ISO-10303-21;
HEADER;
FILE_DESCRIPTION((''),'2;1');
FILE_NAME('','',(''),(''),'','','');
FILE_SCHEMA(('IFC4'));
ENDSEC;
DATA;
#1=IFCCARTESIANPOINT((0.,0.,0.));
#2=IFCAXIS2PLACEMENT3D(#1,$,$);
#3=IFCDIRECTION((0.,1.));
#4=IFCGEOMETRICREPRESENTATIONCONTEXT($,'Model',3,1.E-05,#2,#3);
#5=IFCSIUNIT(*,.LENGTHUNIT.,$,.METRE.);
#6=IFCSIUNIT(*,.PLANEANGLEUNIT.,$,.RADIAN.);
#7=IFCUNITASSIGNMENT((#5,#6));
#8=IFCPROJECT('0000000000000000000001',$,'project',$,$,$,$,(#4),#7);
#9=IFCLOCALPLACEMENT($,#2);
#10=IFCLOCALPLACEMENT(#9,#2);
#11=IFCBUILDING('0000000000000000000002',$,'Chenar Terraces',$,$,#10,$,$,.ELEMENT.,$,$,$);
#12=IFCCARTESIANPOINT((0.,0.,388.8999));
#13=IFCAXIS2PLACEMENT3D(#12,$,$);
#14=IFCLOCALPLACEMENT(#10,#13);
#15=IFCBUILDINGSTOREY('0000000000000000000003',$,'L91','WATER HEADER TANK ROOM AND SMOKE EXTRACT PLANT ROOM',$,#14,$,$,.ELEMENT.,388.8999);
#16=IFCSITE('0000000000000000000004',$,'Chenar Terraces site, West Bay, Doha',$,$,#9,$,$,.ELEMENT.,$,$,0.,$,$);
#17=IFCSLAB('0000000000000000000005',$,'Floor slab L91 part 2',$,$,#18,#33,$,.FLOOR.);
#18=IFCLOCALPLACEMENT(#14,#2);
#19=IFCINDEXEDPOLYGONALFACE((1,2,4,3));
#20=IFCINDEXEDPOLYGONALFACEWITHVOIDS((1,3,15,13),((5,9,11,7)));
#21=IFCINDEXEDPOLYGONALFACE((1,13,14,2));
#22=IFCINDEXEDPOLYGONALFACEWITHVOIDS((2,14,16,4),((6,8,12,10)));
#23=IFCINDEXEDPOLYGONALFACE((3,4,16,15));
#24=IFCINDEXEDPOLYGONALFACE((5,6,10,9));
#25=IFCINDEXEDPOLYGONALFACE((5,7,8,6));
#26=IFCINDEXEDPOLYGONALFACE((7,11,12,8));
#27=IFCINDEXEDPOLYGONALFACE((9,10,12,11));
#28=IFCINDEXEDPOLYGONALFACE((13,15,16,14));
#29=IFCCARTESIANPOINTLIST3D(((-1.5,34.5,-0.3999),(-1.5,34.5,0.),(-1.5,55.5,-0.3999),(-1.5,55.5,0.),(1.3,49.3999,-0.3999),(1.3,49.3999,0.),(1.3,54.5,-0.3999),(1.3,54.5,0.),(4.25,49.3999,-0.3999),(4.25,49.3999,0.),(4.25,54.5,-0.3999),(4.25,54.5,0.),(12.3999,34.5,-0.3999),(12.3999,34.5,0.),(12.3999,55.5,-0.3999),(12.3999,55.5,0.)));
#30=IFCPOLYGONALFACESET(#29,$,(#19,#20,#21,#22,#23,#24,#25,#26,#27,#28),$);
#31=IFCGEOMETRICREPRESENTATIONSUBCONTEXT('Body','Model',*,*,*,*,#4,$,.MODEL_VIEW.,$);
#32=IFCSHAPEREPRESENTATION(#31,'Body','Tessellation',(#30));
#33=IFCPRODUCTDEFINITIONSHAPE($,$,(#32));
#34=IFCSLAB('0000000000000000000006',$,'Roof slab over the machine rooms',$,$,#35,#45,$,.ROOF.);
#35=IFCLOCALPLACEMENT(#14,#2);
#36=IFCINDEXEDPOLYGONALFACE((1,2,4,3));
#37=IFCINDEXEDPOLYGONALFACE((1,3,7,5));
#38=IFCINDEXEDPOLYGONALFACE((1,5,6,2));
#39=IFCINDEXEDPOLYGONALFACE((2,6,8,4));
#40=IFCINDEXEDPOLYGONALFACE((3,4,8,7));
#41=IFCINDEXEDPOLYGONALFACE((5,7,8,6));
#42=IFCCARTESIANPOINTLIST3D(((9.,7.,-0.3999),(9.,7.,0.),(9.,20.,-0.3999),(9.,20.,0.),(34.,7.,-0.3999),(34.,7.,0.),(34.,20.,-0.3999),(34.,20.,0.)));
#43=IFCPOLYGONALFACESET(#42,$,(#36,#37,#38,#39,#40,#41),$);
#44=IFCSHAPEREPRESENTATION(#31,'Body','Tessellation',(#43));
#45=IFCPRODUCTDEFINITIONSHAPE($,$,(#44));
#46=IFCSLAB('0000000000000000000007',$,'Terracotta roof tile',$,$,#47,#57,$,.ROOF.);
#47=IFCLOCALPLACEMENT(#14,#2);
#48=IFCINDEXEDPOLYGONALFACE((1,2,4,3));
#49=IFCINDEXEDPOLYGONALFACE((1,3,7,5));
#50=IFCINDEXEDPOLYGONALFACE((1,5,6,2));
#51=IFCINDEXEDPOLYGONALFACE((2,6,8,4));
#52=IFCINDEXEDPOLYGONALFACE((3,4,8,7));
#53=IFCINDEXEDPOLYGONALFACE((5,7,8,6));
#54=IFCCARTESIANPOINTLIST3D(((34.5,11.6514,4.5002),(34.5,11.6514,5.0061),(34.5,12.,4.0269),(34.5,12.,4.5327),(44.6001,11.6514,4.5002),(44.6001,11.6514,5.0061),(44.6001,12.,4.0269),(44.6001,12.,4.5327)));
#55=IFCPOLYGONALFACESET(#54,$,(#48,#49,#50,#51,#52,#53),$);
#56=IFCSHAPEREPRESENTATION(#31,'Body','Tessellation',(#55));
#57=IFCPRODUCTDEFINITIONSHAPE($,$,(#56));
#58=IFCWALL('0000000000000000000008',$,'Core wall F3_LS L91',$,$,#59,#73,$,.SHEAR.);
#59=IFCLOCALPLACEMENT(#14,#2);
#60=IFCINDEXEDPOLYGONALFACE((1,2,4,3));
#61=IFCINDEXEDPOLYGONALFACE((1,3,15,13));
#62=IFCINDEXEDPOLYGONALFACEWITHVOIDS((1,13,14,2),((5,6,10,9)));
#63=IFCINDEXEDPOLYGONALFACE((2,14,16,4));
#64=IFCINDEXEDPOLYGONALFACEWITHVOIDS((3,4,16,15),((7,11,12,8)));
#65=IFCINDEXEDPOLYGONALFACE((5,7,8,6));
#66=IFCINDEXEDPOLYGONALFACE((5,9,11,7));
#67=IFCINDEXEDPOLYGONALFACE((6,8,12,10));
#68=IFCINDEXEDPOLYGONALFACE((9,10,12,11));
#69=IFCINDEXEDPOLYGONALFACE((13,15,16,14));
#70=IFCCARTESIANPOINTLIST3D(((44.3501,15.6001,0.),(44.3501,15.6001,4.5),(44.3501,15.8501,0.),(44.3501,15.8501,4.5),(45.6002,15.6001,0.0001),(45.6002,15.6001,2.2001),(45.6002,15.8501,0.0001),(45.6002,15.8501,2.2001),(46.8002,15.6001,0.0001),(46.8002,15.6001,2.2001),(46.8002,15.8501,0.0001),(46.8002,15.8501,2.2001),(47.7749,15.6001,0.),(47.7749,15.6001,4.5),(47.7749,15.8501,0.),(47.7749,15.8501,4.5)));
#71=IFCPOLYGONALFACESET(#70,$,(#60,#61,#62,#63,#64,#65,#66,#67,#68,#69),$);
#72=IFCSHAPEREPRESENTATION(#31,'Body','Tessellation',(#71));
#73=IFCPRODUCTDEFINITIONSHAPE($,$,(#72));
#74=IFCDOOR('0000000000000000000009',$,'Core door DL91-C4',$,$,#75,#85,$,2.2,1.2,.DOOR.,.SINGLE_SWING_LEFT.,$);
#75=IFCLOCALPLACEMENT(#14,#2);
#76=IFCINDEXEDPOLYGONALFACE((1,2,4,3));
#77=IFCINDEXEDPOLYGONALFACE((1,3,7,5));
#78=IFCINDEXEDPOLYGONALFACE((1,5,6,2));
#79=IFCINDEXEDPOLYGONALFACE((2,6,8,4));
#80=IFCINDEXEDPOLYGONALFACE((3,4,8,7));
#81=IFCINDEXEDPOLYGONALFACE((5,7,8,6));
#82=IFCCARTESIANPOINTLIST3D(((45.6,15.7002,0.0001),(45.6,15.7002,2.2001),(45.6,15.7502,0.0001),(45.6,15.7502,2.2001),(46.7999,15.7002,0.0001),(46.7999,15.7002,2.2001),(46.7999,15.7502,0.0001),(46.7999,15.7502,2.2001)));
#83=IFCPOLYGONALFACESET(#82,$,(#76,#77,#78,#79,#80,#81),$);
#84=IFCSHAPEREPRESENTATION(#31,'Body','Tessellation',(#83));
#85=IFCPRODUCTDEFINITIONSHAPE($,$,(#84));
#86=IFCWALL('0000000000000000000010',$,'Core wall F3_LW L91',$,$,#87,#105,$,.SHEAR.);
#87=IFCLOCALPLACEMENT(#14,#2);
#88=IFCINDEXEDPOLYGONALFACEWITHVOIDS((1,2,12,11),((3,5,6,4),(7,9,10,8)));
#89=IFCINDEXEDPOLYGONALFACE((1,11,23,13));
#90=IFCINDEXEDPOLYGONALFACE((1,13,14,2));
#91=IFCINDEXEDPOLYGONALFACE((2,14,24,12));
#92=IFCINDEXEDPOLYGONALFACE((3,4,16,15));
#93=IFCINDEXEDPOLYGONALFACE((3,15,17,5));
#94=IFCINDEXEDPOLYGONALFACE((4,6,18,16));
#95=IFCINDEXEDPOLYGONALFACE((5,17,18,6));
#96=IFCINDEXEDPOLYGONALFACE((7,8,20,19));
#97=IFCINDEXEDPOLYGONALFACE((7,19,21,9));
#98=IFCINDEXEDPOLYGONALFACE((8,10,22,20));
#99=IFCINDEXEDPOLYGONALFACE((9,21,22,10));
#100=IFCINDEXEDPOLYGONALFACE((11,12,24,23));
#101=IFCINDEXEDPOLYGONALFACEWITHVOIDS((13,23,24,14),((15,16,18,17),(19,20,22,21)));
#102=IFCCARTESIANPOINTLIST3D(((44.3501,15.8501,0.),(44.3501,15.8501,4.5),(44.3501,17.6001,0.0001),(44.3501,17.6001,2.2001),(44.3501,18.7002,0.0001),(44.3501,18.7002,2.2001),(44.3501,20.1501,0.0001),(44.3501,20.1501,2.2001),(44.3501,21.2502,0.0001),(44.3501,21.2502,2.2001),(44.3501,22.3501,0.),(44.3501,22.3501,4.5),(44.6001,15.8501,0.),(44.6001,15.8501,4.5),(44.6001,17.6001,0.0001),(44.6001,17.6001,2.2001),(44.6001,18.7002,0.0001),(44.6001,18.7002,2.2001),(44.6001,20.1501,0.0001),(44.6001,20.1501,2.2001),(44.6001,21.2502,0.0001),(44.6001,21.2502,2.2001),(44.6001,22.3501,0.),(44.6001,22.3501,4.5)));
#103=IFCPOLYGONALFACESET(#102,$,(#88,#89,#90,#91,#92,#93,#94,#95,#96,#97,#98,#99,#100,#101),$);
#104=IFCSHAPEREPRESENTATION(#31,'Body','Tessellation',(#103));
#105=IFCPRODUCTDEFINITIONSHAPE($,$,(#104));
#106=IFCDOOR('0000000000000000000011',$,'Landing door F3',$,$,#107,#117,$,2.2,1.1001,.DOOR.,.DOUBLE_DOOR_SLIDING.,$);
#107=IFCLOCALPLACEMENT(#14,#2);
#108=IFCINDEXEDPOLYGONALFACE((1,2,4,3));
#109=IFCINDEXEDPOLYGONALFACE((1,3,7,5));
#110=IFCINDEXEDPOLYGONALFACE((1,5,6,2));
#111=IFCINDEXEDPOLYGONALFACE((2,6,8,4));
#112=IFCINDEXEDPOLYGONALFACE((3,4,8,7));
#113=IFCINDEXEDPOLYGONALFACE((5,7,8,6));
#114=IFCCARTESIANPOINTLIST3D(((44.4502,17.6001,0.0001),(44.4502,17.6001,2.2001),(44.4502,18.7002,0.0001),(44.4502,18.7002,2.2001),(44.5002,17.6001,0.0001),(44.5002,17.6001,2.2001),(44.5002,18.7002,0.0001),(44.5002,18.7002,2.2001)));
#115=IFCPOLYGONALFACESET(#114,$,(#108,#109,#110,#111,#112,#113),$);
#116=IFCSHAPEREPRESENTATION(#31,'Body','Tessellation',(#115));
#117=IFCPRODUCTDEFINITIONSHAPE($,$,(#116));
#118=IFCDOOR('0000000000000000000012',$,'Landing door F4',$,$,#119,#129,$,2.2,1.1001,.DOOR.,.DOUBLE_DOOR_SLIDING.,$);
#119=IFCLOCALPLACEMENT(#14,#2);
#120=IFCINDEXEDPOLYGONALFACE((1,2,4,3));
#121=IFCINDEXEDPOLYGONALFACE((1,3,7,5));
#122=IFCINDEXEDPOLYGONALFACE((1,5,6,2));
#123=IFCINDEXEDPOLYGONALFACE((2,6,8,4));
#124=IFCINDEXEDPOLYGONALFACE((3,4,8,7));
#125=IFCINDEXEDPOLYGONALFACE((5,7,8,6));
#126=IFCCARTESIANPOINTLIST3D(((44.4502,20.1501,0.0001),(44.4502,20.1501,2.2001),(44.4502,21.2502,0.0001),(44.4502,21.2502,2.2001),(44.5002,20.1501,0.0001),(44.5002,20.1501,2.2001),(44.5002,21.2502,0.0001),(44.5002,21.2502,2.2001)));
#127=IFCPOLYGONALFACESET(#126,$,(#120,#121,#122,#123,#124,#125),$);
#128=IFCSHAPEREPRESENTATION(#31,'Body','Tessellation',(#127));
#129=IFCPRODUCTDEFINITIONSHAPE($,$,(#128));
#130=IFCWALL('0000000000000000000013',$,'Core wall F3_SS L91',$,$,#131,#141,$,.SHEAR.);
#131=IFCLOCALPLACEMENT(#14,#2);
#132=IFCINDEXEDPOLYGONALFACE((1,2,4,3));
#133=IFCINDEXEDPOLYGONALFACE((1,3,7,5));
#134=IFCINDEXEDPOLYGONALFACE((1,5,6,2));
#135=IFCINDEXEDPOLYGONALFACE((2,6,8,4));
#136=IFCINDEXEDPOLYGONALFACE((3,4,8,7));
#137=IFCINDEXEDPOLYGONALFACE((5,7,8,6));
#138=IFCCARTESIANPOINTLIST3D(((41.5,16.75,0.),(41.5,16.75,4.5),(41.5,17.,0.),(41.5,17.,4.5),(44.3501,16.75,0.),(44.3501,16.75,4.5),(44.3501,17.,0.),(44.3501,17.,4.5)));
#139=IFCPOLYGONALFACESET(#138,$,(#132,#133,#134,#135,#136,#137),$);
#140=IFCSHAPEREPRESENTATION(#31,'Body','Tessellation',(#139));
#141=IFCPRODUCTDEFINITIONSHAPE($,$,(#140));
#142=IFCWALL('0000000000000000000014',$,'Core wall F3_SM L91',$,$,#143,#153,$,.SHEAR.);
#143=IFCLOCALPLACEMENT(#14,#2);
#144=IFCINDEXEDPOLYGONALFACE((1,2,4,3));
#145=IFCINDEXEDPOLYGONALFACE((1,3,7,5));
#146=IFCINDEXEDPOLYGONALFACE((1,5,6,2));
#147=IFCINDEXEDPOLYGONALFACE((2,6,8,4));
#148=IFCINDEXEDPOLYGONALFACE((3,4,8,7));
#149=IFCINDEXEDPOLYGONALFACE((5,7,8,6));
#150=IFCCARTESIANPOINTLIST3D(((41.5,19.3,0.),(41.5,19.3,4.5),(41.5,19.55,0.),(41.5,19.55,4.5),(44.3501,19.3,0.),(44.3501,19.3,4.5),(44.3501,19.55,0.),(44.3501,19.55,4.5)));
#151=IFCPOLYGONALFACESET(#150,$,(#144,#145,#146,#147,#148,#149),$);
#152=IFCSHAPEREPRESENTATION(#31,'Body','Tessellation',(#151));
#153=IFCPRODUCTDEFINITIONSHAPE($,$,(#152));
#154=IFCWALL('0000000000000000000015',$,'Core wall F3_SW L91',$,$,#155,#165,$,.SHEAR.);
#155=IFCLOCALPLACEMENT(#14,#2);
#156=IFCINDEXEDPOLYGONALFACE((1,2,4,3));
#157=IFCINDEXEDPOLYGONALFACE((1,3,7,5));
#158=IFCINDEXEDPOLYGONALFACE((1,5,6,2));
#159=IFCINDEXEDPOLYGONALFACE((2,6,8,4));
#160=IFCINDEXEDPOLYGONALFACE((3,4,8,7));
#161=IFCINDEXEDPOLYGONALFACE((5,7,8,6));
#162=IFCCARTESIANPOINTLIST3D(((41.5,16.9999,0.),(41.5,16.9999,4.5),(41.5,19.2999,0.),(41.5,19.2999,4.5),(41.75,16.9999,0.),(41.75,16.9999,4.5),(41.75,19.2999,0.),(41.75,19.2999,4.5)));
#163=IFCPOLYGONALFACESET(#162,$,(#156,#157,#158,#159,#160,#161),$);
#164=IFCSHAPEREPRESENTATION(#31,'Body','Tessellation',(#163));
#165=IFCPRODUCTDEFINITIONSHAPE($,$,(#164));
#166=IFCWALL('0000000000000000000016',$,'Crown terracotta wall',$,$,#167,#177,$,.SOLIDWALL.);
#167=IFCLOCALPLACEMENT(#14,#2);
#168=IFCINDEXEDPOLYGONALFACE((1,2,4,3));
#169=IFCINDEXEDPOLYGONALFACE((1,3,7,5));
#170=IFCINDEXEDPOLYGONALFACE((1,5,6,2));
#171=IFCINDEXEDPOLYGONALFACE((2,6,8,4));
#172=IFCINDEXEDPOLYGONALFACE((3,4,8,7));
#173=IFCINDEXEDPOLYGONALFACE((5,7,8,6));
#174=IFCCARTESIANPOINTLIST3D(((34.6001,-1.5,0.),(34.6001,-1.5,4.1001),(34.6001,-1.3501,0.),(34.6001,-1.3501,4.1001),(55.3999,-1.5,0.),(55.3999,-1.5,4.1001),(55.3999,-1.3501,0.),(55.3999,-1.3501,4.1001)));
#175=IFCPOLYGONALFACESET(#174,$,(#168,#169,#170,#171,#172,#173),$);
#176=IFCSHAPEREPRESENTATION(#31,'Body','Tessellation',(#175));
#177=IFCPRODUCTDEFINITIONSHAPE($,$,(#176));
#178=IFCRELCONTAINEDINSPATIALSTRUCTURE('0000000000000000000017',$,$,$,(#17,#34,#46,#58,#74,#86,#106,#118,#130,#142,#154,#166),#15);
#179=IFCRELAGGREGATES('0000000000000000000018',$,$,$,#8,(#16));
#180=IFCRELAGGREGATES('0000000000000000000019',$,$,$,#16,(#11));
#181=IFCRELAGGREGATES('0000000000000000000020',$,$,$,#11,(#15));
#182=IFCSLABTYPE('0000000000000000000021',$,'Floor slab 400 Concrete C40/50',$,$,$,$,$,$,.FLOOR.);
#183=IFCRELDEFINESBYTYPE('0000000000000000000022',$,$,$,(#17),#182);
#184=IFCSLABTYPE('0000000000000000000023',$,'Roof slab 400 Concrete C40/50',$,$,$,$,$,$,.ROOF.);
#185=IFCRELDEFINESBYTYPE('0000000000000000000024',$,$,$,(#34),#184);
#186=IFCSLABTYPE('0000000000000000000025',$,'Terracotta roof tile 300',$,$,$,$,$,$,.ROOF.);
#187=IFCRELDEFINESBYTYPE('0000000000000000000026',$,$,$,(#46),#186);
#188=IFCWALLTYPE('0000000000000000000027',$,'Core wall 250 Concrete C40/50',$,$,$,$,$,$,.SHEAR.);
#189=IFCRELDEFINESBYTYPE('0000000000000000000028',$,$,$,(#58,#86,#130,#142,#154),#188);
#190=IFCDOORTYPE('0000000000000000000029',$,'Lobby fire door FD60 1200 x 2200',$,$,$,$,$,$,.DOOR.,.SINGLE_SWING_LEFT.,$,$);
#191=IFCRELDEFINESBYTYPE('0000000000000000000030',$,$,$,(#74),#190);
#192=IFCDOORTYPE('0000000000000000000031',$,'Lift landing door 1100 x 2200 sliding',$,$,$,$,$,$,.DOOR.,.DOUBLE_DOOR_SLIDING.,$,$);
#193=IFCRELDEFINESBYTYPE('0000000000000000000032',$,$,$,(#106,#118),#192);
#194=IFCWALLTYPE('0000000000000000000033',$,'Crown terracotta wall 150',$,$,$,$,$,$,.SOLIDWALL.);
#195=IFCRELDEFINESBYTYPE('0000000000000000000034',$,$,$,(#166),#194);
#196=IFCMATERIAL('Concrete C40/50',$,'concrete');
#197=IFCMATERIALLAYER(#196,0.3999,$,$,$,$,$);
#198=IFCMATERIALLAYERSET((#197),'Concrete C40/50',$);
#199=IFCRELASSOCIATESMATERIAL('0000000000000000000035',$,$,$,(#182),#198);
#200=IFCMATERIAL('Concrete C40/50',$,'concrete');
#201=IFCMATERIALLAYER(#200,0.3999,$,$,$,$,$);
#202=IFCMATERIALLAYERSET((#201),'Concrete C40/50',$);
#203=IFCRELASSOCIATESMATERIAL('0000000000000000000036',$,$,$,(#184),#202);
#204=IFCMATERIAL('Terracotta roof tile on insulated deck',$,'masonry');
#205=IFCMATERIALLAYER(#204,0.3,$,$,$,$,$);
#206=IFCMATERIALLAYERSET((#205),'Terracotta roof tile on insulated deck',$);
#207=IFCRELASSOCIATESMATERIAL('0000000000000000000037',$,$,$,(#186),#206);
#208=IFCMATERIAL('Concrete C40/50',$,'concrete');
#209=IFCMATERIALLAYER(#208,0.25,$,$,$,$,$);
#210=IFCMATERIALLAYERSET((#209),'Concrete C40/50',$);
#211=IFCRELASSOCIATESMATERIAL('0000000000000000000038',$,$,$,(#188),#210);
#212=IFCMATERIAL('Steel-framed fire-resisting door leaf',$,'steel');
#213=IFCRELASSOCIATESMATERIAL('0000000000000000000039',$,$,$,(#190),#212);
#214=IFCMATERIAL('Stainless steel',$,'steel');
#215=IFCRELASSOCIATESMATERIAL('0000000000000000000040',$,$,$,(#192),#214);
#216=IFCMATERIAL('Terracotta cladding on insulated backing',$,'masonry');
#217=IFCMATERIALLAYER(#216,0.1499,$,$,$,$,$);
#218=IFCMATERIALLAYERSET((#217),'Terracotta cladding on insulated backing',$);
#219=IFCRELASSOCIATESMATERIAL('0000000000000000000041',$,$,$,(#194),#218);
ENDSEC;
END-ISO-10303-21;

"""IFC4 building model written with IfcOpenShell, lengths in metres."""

from ifc_helpers import new_model, si_unit, direction, frame, frame_2d, origin, place, context, subcontext, project, spatial, polyline, rectangle, outline, extrude, material, layer, layer_set, type_object, element, fill, save


model = new_model("IFC4")

# Units and contexts
model_context = context("Model", 3, precision=1e-05, world=origin(), true_north=direction((0.0, 1.0)))
body_context = subcontext(model_context, "Body", "Model", "MODEL_VIEW")
ifc_project = project(units=[si_unit("LENGTHUNIT", "METRE"), si_unit("PLANEANGLEUNIT", "RADIAN")], contexts=[model_context])

# Site, building, storey
site_placement = place(None, origin())
site = spatial("IfcSite", under=ifc_project, at=site_placement, Name="Chenar Terraces site, West Bay, Doha", CompositionType="ELEMENT", RefElevation=0.0)
building_placement = place(site_placement, origin())
building = spatial("IfcBuilding", under=site, at=building_placement, Name="Chenar Terraces", CompositionType="ELEMENT")
storey_placement = place(building_placement, frame((0.0, 0.0, 388.8999)))
storey = spatial("IfcBuildingStorey", under=building, at=storey_placement, Name="L91", Description="WATER HEADER TANK ROOM AND SMOKE EXTRACT PLANT ROOM", CompositionType="ELEMENT", Elevation=388.8999)

# Slabs
ifc_material_1 = material(Name="Concrete C40/50", Category="concrete")
ifc_layer_1 = layer(ifc_material_1, 0.3999)
ifc_layer_set_1 = layer_set([ifc_layer_1], Name="Concrete C40/50")
slab_type_1 = type_object("IfcSlabType", Name="Floor slab 400 Concrete C40/50", PredefinedType="FLOOR", material=ifc_layer_set_1)
placement_1 = place(storey_placement, frame((0.0, 0.0, -0.3999)))
element("IfcSlab", 1, at=placement_1, inside=storey, type_object=slab_type_1, Name="Floor slab L91 part 2", PredefinedType="FLOOR", context=body_context, shape_type="SweptSolid", body=[
    extrude(outline(polyline([(12.3999, 55.5), (12.3999, 34.5), (-1.5, 34.5), (-1.5, 55.5), (12.3999, 55.5)]), holes=[polyline([(1.3, 54.5), (1.3, 49.3999), (4.25, 49.3999), (4.25, 54.5), (1.3, 54.5)])]), origin(), (0.0, 0.0, 1.0), 0.3999),
])
ifc_material_2 = material(Name="Concrete C40/50", Category="concrete")
ifc_layer_2 = layer(ifc_material_2, 0.3999)
ifc_layer_set_2 = layer_set([ifc_layer_2], Name="Concrete C40/50")
slab_type_2 = type_object("IfcSlabType", Name="Roof slab 400 Concrete C40/50", PredefinedType="ROOF", material=ifc_layer_set_2)
element("IfcSlab", 2, at=placement_1, inside=storey, type_object=slab_type_2, Name="Roof slab over the machine rooms", PredefinedType="ROOF", context=body_context, shape_type="SweptSolid", body=[
    extrude(outline(polyline([(34.0, 7.0), (34.0, 20.0), (9.0, 20.0), (9.0, 7.0), (34.0, 7.0)])), origin(), (0.0, 0.0, 1.0), 0.3999),
])
ifc_material_3 = material(Name="Terracotta roof tile on insulated deck", Category="masonry")
ifc_layer_3 = layer(ifc_material_3, 0.3)
ifc_layer_set_3 = layer_set([ifc_layer_3], Name="Terracotta roof tile on insulated deck")
slab_type_3 = type_object("IfcSlabType", Name="Terracotta roof tile 300", PredefinedType="ROOF", material=ifc_layer_set_3)
slab_1_placement = place(storey_placement, frame((34.5, 12.0, 4.5327), z_axis=(0.0, 0.805202, 0.593001), x_axis=(1.0, 0.0, 0.0)))
element("IfcSlab", 3, at=slab_1_placement, inside=storey, type_object=slab_type_3, Name="Terracotta roof tile", PredefinedType="ROOF", context=body_context, shape_type="SweptSolid", body=[
    extrude(outline(polyline([(0.0, 0.0), (10.1001, 0.0), (10.1001, -0.5879), (0.0, -0.5879), (0.0, 0.0)])), origin(), (0.0, 0.805202, -0.593001), 0.5059),
])

# Wall, opening, door
ifc_material_4 = material(Name="Concrete C40/50", Category="concrete")
ifc_layer_4 = layer(ifc_material_4, 0.25)
ifc_layer_set_4 = layer_set([ifc_layer_4], Name="Concrete C40/50")
wall_type_1 = type_object("IfcWallType", Name="Core wall 250 Concrete C40/50", PredefinedType="SHEAR", material=ifc_layer_set_4)
wall_1_placement = place(storey_placement, frame((44.3501, 15.7251, 0.0), z_axis=(0.0, 0.0, 1.0), x_axis=(1.0, 0.0, 0.0)))
wall_1 = element("IfcWall", 4, at=wall_1_placement, inside=storey, type_object=wall_type_1, Name="Core wall F3_LS L91", PredefinedType="SHEAR", context=body_context, shape_type="SweptSolid", body=[
    extrude(rectangle(XDim=3.4248, YDim=0.25, at=frame_2d((1.7124, 0.0))), origin(), (0.0, 0.0, 1.0), 4.5),
])
opening_1_placement = place(wall_1_placement, frame((1.25, 0.0, 0.0)))
opening_1 = element("IfcOpeningElement", 5, at=opening_1_placement, cuts=wall_1, PredefinedType="OPENING", context=body_context, shape_type="SweptSolid", body=[
    extrude(rectangle(XDim=1.2, YDim=2.2, at=frame_2d((0.6001, 1.1001))), frame((0.0, 0.135, 0.0), z_axis=(0.0, -1.0, 0.0), x_axis=(1.0, 0.0, 0.0)), (0.0, 0.0, 1.0), 0.27),
])
ifc_material_5 = material(Name="Steel-framed fire-resisting door leaf", Category="steel")
door_type_1 = type_object("IfcDoorType", Name="Lobby fire door FD60 1200 x 2200", OperationType="SINGLE_SWING_LEFT", PredefinedType="DOOR", material=ifc_material_5)
door_1_placement = place(opening_1_placement, frame((1.2, 0.0, 0.0), z_axis=(0.0, 0.0, 1.0), x_axis=(-1.0, 0.0, 0.0)))
door_1 = element("IfcDoor", 6, at=door_1_placement, inside=storey, type_object=door_type_1, Name="Core door DL91-C4", OperationType="SINGLE_SWING_LEFT", OverallHeight=2.2, OverallWidth=1.2, PredefinedType="DOOR", context=body_context, shape_type="SweptSolid", body=[
    extrude(rectangle(XDim=1.2, YDim=2.2, at=frame_2d((0.6001, 1.1001))), frame((0.0, 0.0249, 0.0), z_axis=(0.0, -1.0, 0.0), x_axis=(1.0, 0.0, 0.0)), (0.0, 0.0, 1.0), 0.05),
])
fill(opening_1, door_1)

# Wall, openings, doors
wall_2_placement = place(storey_placement, frame((44.4751, 15.8501, 0.0), z_axis=(0.0, 0.0, 1.0), x_axis=(0.0, 1.0, 0.0)))
wall_2 = element("IfcWall", 7, at=wall_2_placement, inside=storey, type_object=wall_type_1, Name="Core wall F3_LW L91", PredefinedType="SHEAR", context=body_context, shape_type="SweptSolid", body=[
    extrude(rectangle(XDim=6.5, YDim=0.25, at=frame_2d((3.25, 0.0))), origin(), (0.0, 0.0, 1.0), 4.5),
])
opening_2_placement = place(wall_2_placement, frame((1.75, 0.0, 0.0)))
opening_2 = element("IfcOpeningElement", 8, at=opening_2_placement, cuts=wall_2, PredefinedType="OPENING", context=body_context, shape_type="SweptSolid", body=[
    extrude(rectangle(XDim=1.1001, YDim=2.2, at=frame_2d((0.55, 1.1001))), frame((0.0, 0.135, 0.0), z_axis=(0.0, -1.0, 0.0), x_axis=(1.0, 0.0, 0.0)), (0.0, 0.0, 1.0), 0.27),
])
opening_3_placement = place(wall_2_placement, frame((4.3, 0.0, 0.0)))
opening_3 = element("IfcOpeningElement", 9, at=opening_3_placement, cuts=wall_2, PredefinedType="OPENING", context=body_context, shape_type="SweptSolid", body=[
    extrude(rectangle(XDim=1.1001, YDim=2.2, at=frame_2d((0.55, 1.1001))), frame((0.0, 0.135, 0.0), z_axis=(0.0, -1.0, 0.0), x_axis=(1.0, 0.0, 0.0)), (0.0, 0.0, 1.0), 0.27),
])
ifc_material_6 = material(Name="Stainless steel", Category="steel")
door_type_2 = type_object("IfcDoorType", Name="Lift landing door 1100 x 2200 sliding", OperationType="DOUBLE_DOOR_SLIDING", PredefinedType="DOOR", material=ifc_material_6)
door_2_placement = place(opening_2_placement, origin())
door_2 = element("IfcDoor", 10, at=door_2_placement, inside=storey, type_object=door_type_2, Name="Landing door F3", OperationType="DOUBLE_DOOR_SLIDING", OverallHeight=2.2, OverallWidth=1.1001, PredefinedType="DOOR", context=body_context, shape_type="SweptSolid", body=[
    extrude(rectangle(XDim=1.1001, YDim=2.2, at=frame_2d((0.55, 1.1001))), frame((0.0, 0.0249, 0.0), z_axis=(0.0, -1.0, 0.0), x_axis=(1.0, 0.0, 0.0)), (0.0, 0.0, 1.0), 0.05),
])
fill(opening_2, door_2)
door_3_placement = place(opening_3_placement, origin())
door_3 = element("IfcDoor", 11, at=door_3_placement, inside=storey, type_object=door_type_2, Name="Landing door F4", OperationType="DOUBLE_DOOR_SLIDING", OverallHeight=2.2, OverallWidth=1.1001, PredefinedType="DOOR", context=body_context, shape_type="SweptSolid", body=[
    extrude(rectangle(XDim=1.1001, YDim=2.2, at=frame_2d((0.55, 1.1001))), frame((0.0, 0.0249, 0.0), z_axis=(0.0, -1.0, 0.0), x_axis=(1.0, 0.0, 0.0)), (0.0, 0.0, 1.0), 0.05),
])
fill(opening_3, door_3)

# Walls
for number, where, z_axis, x_axis, name in (
    (12, (41.5, 16.875, 0.0), (0.0, 0.0, 1.0), (1.0, 0.0, 0.0), "Core wall F3_SS L91"),
    (13, (41.5, 19.425, 0.0), (0.0, 0.0, 1.0), (1.0, 0.0, 0.0), "Core wall F3_SM L91"),
):
    element("IfcWall", number, at=place(storey_placement, frame(where, z_axis=z_axis, x_axis=x_axis)), inside=storey, type_object=wall_type_1, Name=name, PredefinedType="SHEAR", context=body_context, shape_type="SweptSolid", body=[
        extrude(rectangle(XDim=2.8501, YDim=0.25, at=frame_2d((1.425, 0.0))), origin(), (0.0, 0.0, 1.0), 4.5),
    ])
wall_3_placement = place(storey_placement, frame((41.625, 17.0, 0.0), z_axis=(0.0, 0.0, 1.0), x_axis=(0.0, 1.0, 0.0)))
element("IfcWall", 14, at=wall_3_placement, inside=storey, type_object=wall_type_1, Name="Core wall F3_SW L91", PredefinedType="SHEAR", context=body_context, shape_type="SweptSolid", body=[
    extrude(rectangle(XDim=2.3, YDim=0.25, at=frame_2d((1.1499, 0.0))), origin(), (0.0, 0.0, 1.0), 4.5),
])
ifc_material_7 = material(Name="Terracotta cladding on insulated backing", Category="masonry")
ifc_layer_5 = layer(ifc_material_7, 0.1499)
ifc_layer_set_5 = layer_set([ifc_layer_5], Name="Terracotta cladding on insulated backing")
wall_type_2 = type_object("IfcWallType", Name="Crown terracotta wall 150", PredefinedType="SOLIDWALL", material=ifc_layer_set_5)
wall_4_placement = place(storey_placement, frame((34.6001, -1.425, 0.0), z_axis=(0.0, 0.0, 1.0), x_axis=(1.0, 0.0, 0.0)))
element("IfcWall", 15, at=wall_4_placement, inside=storey, type_object=wall_type_2, Name="Crown terracotta wall", PredefinedType="SOLIDWALL", context=body_context, shape_type="SweptSolid", body=[
    extrude(rectangle(XDim=20.7998, YDim=0.1499, at=frame_2d((10.3999, 0.0))), origin(), (0.0, 0.0, 1.0), 4.1001),
])

save(model, "model.ifc")
